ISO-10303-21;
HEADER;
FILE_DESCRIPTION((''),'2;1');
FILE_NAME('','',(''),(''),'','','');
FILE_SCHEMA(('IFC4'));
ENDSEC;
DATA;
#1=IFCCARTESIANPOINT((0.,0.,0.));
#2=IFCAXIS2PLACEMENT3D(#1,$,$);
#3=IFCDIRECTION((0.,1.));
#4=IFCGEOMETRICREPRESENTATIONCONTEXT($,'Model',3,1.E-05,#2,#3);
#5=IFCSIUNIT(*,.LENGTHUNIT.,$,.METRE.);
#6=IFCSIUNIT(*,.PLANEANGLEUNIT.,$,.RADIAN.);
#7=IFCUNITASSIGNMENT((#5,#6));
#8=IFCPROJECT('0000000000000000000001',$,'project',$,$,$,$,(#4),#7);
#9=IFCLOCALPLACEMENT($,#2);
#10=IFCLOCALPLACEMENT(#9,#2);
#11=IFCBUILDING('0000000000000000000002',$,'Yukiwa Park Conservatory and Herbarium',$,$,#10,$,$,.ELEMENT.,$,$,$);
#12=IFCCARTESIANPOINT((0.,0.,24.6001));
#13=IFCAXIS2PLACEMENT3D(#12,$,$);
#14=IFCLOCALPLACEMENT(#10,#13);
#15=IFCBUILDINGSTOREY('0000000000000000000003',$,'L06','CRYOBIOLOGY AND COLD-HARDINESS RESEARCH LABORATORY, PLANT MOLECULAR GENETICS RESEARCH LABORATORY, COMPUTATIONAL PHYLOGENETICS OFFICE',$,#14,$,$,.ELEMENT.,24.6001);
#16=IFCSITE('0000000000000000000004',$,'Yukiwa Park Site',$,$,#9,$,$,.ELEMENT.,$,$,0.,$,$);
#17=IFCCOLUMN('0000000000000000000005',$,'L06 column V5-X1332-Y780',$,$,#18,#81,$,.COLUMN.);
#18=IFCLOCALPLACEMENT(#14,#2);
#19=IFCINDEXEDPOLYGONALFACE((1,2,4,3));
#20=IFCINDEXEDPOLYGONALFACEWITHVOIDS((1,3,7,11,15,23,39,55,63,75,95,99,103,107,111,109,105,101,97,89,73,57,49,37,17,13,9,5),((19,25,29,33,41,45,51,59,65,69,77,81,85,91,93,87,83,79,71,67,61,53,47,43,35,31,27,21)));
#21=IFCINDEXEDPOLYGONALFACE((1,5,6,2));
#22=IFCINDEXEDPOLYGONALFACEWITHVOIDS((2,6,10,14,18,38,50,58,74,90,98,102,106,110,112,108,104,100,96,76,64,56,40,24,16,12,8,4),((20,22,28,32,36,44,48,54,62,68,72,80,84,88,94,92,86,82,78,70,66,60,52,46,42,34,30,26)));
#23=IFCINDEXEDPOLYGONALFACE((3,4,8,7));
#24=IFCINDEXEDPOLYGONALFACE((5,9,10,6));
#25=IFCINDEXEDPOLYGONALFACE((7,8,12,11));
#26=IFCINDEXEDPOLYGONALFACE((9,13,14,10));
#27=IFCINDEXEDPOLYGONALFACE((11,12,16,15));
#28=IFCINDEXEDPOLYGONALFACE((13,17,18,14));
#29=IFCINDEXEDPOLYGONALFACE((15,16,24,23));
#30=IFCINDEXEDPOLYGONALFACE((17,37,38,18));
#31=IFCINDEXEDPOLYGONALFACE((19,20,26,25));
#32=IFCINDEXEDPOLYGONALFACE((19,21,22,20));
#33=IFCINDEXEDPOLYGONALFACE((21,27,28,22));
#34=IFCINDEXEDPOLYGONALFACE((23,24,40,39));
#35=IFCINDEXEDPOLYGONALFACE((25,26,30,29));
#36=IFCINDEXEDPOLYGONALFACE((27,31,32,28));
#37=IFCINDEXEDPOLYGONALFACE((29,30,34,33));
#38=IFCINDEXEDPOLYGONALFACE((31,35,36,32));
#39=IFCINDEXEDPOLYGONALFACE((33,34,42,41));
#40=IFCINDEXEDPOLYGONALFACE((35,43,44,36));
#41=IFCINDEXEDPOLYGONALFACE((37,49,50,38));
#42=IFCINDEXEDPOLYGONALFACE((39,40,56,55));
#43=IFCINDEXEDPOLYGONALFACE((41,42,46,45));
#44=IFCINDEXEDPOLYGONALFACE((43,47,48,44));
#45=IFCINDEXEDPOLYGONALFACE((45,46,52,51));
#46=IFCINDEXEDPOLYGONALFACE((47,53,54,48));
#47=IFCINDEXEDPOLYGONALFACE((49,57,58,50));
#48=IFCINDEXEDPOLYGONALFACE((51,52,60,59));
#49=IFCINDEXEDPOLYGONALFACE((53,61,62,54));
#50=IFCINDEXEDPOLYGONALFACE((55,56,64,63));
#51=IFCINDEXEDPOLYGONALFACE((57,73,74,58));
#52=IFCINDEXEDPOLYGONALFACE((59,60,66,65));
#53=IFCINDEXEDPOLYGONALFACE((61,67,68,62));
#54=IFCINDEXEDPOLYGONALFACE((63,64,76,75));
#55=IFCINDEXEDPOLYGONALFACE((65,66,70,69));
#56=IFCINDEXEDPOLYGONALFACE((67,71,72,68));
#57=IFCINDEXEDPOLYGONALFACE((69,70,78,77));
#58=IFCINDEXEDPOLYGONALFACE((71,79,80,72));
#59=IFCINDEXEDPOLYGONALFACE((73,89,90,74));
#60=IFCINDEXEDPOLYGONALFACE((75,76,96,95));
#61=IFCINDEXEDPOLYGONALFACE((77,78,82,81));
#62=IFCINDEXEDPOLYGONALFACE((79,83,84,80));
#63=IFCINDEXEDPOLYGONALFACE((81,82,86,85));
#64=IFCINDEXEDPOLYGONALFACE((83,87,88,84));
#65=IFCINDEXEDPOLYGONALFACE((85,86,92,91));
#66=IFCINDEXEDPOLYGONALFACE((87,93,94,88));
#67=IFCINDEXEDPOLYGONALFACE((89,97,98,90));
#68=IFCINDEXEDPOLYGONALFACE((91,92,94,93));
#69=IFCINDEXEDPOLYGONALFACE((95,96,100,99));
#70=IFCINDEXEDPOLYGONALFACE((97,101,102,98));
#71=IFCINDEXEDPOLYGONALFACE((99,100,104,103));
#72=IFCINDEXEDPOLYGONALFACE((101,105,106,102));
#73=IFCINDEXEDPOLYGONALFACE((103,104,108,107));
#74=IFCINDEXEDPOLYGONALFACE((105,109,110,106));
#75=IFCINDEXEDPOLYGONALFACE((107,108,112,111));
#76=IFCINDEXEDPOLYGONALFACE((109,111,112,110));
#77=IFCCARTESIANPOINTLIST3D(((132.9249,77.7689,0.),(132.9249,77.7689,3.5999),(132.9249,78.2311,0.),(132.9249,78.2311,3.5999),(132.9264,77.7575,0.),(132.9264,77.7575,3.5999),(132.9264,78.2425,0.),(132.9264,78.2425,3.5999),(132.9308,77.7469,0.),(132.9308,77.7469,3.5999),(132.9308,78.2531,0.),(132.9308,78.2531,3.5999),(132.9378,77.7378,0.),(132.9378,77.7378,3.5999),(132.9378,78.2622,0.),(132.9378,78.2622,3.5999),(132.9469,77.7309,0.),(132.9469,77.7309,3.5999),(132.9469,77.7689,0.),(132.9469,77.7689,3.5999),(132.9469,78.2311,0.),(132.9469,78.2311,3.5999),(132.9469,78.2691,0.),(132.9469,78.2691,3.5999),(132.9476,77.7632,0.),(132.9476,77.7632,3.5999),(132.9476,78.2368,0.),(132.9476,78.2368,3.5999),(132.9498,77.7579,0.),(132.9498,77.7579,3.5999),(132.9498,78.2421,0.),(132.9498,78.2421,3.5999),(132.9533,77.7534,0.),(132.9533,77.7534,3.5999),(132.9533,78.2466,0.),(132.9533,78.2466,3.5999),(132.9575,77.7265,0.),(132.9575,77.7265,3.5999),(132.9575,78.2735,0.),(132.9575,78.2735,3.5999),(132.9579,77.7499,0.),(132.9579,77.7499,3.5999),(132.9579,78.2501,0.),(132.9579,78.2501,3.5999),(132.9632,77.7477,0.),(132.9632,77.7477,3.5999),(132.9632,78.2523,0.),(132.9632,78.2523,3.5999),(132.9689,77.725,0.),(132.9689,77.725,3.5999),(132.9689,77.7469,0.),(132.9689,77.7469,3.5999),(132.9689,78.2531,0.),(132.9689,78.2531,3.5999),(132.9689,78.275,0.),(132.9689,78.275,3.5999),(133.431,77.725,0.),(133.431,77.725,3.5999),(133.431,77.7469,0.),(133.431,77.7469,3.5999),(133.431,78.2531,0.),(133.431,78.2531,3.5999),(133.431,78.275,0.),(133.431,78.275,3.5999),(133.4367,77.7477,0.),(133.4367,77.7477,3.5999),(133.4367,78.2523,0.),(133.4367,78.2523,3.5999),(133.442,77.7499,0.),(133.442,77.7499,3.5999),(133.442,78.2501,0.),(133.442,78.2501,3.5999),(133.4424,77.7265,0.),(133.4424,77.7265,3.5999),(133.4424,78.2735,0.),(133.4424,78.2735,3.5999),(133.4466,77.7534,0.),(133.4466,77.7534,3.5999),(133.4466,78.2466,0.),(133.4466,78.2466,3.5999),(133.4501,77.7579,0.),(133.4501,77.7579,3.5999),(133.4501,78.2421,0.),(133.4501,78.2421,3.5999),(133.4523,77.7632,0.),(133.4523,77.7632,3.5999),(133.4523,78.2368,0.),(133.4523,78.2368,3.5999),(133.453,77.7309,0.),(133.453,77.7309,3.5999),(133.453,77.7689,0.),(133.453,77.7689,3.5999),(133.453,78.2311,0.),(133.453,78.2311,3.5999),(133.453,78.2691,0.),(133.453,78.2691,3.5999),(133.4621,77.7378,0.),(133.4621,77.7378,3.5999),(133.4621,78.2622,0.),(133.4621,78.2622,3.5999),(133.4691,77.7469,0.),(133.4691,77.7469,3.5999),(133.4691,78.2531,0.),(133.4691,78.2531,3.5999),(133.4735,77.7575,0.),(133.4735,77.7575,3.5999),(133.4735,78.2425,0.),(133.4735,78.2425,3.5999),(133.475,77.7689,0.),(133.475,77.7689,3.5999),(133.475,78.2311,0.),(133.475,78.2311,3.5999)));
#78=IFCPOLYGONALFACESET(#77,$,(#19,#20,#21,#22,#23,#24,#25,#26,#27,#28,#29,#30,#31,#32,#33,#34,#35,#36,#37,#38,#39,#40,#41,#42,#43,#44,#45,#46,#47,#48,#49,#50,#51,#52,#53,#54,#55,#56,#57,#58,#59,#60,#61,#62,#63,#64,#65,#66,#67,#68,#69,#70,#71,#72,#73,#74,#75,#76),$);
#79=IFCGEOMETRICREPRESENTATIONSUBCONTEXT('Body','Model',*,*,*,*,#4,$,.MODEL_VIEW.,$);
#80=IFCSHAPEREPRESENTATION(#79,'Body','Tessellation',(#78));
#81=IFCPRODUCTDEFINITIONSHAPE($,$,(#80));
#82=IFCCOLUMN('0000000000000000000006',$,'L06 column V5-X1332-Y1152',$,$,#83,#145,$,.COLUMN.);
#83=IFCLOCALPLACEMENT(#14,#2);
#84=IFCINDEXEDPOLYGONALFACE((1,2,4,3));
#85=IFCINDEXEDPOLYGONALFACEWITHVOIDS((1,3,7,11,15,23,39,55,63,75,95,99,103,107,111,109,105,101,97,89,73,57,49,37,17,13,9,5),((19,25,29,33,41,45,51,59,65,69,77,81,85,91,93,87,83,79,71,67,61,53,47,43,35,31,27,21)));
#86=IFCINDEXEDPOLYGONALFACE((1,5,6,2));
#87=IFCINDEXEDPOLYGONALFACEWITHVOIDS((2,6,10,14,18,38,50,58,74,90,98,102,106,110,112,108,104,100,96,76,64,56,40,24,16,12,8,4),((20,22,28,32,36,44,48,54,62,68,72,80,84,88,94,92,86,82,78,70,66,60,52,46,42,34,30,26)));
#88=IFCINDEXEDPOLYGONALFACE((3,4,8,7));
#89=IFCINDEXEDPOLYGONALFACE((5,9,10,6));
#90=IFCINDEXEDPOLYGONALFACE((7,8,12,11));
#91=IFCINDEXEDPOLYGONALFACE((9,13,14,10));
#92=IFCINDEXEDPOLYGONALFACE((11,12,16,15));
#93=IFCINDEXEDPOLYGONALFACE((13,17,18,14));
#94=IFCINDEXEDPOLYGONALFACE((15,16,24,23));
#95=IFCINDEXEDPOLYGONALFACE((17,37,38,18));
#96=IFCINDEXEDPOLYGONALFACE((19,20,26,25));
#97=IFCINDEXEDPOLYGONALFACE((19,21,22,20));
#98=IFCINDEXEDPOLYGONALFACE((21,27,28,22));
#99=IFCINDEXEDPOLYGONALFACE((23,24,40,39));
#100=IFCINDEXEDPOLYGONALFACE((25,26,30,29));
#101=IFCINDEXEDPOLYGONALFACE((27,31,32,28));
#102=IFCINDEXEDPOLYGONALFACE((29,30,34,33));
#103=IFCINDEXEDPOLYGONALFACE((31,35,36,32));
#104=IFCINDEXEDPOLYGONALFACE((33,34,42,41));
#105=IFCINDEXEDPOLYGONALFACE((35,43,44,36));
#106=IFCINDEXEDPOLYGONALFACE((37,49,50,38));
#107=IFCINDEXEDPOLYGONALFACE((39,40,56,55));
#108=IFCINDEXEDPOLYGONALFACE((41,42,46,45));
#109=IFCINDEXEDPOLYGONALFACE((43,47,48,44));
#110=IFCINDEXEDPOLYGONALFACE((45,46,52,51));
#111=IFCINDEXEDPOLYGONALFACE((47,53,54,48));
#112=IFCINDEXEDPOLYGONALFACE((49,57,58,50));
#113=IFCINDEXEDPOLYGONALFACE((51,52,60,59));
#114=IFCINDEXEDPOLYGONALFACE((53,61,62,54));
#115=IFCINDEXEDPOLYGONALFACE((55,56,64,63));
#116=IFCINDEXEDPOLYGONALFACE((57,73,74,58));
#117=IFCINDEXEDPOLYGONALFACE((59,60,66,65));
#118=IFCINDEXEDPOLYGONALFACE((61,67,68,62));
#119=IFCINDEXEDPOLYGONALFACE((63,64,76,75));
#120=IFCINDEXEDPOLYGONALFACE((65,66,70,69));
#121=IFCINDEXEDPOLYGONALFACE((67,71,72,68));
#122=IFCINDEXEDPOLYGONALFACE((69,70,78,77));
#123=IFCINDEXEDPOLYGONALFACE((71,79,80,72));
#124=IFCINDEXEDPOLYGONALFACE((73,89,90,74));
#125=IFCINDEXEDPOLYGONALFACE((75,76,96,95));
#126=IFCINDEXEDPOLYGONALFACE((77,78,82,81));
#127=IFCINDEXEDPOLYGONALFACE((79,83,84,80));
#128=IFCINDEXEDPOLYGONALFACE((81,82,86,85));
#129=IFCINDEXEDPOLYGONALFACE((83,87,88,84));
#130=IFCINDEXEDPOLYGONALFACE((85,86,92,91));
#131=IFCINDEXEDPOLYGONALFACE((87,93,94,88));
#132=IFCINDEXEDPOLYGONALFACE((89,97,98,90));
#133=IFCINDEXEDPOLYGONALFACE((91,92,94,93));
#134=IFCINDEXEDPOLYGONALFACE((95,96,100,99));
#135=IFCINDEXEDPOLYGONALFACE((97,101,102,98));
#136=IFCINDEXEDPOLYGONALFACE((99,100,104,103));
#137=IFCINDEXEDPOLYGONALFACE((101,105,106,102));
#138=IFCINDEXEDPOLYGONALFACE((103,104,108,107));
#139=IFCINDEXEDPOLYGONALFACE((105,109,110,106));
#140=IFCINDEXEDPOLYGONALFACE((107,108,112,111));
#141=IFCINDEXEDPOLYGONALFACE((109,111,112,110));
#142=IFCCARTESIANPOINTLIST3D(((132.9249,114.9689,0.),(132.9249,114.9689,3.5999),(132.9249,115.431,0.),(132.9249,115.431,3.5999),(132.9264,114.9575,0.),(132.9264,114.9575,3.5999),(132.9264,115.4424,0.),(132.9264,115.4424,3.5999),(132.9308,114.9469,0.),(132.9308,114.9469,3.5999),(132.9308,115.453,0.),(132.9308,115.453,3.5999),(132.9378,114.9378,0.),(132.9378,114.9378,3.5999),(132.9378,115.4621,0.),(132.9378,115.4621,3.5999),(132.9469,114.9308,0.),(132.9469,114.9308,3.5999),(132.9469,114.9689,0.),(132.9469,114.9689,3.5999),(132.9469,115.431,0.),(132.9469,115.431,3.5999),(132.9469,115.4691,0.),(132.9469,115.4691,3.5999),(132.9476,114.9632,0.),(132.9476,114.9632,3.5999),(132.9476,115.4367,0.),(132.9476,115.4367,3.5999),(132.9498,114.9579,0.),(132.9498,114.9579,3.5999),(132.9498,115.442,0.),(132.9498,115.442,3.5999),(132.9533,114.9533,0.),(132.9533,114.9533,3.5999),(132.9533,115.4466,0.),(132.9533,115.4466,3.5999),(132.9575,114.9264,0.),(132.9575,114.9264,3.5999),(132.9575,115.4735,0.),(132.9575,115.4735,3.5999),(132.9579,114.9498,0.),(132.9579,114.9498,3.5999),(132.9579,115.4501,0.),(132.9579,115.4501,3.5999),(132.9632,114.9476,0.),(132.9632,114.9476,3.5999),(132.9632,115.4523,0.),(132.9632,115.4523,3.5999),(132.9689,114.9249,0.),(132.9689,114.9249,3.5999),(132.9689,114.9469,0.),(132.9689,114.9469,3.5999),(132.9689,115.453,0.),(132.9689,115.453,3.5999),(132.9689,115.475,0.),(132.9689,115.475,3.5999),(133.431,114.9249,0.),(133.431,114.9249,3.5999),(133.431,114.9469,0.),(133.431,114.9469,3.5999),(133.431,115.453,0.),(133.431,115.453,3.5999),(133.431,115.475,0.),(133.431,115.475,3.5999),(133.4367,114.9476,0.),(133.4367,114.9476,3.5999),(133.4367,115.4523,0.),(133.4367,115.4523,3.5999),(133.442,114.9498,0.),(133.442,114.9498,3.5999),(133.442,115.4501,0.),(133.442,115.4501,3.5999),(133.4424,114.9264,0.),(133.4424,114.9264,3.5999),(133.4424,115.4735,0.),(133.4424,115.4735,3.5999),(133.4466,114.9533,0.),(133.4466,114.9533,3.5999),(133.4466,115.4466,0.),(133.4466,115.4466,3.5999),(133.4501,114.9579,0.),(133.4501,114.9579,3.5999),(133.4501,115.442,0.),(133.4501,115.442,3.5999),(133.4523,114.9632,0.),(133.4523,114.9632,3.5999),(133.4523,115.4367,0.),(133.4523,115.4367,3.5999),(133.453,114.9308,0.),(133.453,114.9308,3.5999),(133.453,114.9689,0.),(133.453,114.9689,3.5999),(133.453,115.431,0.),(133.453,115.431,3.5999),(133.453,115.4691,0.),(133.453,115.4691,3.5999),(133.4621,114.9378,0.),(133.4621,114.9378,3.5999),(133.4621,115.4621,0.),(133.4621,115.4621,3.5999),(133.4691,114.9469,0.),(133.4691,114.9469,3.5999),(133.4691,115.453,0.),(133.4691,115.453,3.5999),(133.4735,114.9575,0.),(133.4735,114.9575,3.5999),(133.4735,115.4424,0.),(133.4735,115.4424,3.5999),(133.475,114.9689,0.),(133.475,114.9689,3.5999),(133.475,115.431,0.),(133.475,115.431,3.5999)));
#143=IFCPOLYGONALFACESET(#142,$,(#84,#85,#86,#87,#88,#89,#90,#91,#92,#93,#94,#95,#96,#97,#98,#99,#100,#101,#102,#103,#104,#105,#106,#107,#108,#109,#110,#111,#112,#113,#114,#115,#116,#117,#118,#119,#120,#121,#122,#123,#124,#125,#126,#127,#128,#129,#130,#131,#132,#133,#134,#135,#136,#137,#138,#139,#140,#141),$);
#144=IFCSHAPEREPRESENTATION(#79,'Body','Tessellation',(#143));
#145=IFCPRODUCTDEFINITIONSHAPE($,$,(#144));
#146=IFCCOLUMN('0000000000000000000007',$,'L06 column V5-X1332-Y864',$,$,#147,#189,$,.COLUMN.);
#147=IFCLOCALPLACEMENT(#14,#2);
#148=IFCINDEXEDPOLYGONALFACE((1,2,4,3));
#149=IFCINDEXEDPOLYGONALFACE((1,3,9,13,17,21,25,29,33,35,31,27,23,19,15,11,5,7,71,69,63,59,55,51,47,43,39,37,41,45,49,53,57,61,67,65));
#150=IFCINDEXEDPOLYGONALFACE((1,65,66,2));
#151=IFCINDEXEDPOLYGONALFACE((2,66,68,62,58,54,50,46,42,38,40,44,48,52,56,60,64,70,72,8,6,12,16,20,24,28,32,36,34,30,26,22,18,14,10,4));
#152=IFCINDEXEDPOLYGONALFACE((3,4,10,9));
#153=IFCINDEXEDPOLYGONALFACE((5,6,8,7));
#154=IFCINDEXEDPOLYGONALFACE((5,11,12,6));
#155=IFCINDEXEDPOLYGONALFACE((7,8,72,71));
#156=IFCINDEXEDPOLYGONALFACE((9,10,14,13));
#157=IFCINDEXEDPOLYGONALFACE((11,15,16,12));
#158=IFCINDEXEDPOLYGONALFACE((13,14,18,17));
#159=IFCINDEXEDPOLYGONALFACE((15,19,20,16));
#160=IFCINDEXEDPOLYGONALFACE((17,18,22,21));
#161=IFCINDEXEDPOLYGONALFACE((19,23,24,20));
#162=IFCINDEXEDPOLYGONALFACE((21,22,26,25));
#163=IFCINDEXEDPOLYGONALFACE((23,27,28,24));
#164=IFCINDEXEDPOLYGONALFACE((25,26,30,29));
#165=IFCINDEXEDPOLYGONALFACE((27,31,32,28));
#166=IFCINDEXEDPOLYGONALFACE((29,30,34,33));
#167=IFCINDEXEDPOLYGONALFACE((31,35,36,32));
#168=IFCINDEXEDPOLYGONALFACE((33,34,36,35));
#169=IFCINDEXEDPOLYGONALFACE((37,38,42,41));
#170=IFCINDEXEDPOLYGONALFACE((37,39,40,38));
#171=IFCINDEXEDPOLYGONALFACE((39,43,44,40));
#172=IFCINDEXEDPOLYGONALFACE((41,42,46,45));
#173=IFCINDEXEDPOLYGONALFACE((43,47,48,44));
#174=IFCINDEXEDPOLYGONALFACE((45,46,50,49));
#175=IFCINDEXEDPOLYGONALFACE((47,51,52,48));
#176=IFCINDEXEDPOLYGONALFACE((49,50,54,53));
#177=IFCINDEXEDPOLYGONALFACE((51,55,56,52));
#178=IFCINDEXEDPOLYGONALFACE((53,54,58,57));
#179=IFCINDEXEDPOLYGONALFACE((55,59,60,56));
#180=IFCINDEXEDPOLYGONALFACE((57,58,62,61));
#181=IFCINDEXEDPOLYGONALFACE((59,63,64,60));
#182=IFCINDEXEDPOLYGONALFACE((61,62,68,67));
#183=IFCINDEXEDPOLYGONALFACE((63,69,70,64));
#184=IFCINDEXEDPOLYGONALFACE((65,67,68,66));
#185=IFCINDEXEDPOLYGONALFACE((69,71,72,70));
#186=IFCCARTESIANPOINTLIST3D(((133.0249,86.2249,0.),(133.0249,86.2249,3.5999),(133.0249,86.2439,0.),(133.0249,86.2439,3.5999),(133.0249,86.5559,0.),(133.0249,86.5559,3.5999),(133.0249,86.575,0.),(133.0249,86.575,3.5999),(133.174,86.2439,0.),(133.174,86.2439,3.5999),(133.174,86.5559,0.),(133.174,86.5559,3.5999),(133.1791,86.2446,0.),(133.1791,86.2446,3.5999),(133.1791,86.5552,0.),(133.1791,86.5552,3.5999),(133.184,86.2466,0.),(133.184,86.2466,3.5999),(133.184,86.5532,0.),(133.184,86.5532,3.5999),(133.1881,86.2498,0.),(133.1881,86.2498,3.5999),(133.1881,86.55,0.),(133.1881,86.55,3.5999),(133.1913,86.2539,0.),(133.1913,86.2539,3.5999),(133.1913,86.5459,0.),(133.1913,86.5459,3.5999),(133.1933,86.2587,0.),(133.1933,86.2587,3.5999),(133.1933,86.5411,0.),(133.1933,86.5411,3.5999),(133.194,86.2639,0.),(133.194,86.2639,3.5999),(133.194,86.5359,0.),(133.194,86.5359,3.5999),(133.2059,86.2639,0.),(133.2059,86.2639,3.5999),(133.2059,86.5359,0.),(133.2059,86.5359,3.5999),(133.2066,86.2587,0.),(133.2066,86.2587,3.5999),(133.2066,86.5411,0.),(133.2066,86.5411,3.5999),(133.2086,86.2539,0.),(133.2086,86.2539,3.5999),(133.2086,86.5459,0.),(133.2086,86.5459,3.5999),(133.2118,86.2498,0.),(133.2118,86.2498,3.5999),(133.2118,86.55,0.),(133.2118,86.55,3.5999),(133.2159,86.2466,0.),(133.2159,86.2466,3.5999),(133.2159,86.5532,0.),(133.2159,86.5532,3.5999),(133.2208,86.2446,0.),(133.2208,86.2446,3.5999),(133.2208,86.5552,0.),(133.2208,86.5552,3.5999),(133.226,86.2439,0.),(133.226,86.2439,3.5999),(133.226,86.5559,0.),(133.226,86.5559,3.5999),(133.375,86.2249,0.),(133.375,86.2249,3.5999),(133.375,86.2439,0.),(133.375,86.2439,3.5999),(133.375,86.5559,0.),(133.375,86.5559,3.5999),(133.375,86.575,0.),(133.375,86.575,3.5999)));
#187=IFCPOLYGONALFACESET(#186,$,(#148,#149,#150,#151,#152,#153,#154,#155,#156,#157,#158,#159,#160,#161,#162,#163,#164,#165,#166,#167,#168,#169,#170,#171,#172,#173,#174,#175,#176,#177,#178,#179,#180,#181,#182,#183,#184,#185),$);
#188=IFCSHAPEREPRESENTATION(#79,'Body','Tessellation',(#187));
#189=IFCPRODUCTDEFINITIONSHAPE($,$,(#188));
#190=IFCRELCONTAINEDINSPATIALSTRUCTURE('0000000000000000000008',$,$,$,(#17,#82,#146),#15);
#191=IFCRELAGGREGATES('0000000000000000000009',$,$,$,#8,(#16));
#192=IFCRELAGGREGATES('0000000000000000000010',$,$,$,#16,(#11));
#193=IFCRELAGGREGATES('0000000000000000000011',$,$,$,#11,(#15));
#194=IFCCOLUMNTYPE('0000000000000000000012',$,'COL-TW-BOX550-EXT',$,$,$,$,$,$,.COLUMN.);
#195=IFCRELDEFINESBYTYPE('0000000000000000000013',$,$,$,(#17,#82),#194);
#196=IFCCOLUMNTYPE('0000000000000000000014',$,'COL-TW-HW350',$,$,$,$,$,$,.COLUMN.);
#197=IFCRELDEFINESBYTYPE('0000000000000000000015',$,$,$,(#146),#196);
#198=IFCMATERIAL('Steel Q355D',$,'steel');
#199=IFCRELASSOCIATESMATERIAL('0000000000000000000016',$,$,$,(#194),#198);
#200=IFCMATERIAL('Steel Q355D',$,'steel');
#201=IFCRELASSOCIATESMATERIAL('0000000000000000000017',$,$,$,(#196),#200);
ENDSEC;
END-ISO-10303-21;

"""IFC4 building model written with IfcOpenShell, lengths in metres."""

from ifc_helpers import new_model, si_unit, direction, frame, origin, origin_2d, place, context, subcontext, project, spatial, hollow_rectangle, i_section, extrude, material, material_profile, profile_set, type_object, element, save


model = new_model("IFC4")

# Units and contexts
model_context = context("Model", 3, precision=1e-05, world=origin(), true_north=direction((0.0, 1.0)))
body_context = subcontext(model_context, "Body", "Model", "MODEL_VIEW")
ifc_project = project(units=[si_unit("LENGTHUNIT", "METRE"), si_unit("PLANEANGLEUNIT", "RADIAN")], contexts=[model_context])

# Site, building, storey
site_placement = place(None, origin())
site = spatial("IfcSite", under=ifc_project, at=site_placement, Name="Yukiwa Park Site", CompositionType="ELEMENT", RefElevation=0.0)
building_placement = place(site_placement, origin())
building = spatial("IfcBuilding", under=site, at=building_placement, Name="Yukiwa Park Conservatory and Herbarium", CompositionType="ELEMENT")
storey_placement = place(building_placement, frame((0.0, 0.0, 24.6001)))
storey = spatial("IfcBuildingStorey", under=building, at=storey_placement, Name="L06", Description="CRYOBIOLOGY AND COLD-HARDINESS RESEARCH LABORATORY, PLANT MOLECULAR GENETICS RESEARCH LABORATORY, COMPUTATIONAL PHYLOGENETICS OFFICE", CompositionType="ELEMENT", Elevation=24.6001)

# Columns
ifc_material_1 = material(Name="Steel Q355D", Category="steel")
ifc_material_profile_1 = material_profile(ifc_material_1, hollow_rectangle(XDim=0.55, YDim=0.55, WallThickness=0.022, InnerFilletRadius=0.022, OuterFilletRadius=0.0439, at=origin_2d()), Name="BOX 550x550x22")
ifc_profile_set_1 = profile_set([ifc_material_profile_1], Name="Steel Q355D")
column_type_1 = type_object("IfcColumnType", Name="COL-TW-BOX550-EXT", PredefinedType="COLUMN", material=ifc_profile_set_1)
for number, where, z_axis, x_axis, name in (
    (1, (133.2, 78.0, 0.0), (0.0, 0.0, 1.0), (1.0, 0.0, 0.0), "L06 column V5-X1332-Y780"),
    (2, (133.2, 115.2, 0.0), (0.0, 0.0, 1.0), (1.0, 0.0, 0.0), "L06 column V5-X1332-Y1152"),
):
    element("IfcColumn", number, at=place(storey_placement, frame(where, z_axis=z_axis, x_axis=x_axis)), inside=storey, type_object=column_type_1, Name=name, PredefinedType="COLUMN", context=body_context, shape_type="SweptSolid", body=[
        extrude(hollow_rectangle(XDim=0.55, YDim=0.55, WallThickness=0.022, InnerFilletRadius=0.022, OuterFilletRadius=0.0439, at=origin_2d()), origin(), (0.0, 0.0, 1.0), 3.5999),
    ])
ifc_material_2 = material(Name="Steel Q355D", Category="steel")
ifc_material_profile_2 = material_profile(ifc_material_2, i_section(OverallWidth=0.3501, OverallDepth=0.3501, WebThickness=0.012, FlangeThickness=0.019, FilletRadius=0.02, at=origin_2d()), Name="HW 350x350x12x19")
ifc_profile_set_2 = profile_set([ifc_material_profile_2], Name="Steel Q355D")
column_type_2 = type_object("IfcColumnType", Name="COL-TW-HW350", PredefinedType="COLUMN", material=ifc_profile_set_2)
column_placement = place(storey_placement, frame((133.2, 86.3999, 0.0), z_axis=(0.0, 0.0, 1.0), x_axis=(1.0, 0.0, 0.0)))
element("IfcColumn", 3, at=column_placement, inside=storey, type_object=column_type_2, Name="L06 column V5-X1332-Y864", PredefinedType="COLUMN", context=body_context, shape_type="SweptSolid", body=[
    extrude(i_section(OverallWidth=0.3501, OverallDepth=0.3501, WebThickness=0.012, FlangeThickness=0.019, FilletRadius=0.02, at=origin_2d()), origin(), (0.0, 0.0, 1.0), 3.5999),
])

save(model, "model.ifc")
